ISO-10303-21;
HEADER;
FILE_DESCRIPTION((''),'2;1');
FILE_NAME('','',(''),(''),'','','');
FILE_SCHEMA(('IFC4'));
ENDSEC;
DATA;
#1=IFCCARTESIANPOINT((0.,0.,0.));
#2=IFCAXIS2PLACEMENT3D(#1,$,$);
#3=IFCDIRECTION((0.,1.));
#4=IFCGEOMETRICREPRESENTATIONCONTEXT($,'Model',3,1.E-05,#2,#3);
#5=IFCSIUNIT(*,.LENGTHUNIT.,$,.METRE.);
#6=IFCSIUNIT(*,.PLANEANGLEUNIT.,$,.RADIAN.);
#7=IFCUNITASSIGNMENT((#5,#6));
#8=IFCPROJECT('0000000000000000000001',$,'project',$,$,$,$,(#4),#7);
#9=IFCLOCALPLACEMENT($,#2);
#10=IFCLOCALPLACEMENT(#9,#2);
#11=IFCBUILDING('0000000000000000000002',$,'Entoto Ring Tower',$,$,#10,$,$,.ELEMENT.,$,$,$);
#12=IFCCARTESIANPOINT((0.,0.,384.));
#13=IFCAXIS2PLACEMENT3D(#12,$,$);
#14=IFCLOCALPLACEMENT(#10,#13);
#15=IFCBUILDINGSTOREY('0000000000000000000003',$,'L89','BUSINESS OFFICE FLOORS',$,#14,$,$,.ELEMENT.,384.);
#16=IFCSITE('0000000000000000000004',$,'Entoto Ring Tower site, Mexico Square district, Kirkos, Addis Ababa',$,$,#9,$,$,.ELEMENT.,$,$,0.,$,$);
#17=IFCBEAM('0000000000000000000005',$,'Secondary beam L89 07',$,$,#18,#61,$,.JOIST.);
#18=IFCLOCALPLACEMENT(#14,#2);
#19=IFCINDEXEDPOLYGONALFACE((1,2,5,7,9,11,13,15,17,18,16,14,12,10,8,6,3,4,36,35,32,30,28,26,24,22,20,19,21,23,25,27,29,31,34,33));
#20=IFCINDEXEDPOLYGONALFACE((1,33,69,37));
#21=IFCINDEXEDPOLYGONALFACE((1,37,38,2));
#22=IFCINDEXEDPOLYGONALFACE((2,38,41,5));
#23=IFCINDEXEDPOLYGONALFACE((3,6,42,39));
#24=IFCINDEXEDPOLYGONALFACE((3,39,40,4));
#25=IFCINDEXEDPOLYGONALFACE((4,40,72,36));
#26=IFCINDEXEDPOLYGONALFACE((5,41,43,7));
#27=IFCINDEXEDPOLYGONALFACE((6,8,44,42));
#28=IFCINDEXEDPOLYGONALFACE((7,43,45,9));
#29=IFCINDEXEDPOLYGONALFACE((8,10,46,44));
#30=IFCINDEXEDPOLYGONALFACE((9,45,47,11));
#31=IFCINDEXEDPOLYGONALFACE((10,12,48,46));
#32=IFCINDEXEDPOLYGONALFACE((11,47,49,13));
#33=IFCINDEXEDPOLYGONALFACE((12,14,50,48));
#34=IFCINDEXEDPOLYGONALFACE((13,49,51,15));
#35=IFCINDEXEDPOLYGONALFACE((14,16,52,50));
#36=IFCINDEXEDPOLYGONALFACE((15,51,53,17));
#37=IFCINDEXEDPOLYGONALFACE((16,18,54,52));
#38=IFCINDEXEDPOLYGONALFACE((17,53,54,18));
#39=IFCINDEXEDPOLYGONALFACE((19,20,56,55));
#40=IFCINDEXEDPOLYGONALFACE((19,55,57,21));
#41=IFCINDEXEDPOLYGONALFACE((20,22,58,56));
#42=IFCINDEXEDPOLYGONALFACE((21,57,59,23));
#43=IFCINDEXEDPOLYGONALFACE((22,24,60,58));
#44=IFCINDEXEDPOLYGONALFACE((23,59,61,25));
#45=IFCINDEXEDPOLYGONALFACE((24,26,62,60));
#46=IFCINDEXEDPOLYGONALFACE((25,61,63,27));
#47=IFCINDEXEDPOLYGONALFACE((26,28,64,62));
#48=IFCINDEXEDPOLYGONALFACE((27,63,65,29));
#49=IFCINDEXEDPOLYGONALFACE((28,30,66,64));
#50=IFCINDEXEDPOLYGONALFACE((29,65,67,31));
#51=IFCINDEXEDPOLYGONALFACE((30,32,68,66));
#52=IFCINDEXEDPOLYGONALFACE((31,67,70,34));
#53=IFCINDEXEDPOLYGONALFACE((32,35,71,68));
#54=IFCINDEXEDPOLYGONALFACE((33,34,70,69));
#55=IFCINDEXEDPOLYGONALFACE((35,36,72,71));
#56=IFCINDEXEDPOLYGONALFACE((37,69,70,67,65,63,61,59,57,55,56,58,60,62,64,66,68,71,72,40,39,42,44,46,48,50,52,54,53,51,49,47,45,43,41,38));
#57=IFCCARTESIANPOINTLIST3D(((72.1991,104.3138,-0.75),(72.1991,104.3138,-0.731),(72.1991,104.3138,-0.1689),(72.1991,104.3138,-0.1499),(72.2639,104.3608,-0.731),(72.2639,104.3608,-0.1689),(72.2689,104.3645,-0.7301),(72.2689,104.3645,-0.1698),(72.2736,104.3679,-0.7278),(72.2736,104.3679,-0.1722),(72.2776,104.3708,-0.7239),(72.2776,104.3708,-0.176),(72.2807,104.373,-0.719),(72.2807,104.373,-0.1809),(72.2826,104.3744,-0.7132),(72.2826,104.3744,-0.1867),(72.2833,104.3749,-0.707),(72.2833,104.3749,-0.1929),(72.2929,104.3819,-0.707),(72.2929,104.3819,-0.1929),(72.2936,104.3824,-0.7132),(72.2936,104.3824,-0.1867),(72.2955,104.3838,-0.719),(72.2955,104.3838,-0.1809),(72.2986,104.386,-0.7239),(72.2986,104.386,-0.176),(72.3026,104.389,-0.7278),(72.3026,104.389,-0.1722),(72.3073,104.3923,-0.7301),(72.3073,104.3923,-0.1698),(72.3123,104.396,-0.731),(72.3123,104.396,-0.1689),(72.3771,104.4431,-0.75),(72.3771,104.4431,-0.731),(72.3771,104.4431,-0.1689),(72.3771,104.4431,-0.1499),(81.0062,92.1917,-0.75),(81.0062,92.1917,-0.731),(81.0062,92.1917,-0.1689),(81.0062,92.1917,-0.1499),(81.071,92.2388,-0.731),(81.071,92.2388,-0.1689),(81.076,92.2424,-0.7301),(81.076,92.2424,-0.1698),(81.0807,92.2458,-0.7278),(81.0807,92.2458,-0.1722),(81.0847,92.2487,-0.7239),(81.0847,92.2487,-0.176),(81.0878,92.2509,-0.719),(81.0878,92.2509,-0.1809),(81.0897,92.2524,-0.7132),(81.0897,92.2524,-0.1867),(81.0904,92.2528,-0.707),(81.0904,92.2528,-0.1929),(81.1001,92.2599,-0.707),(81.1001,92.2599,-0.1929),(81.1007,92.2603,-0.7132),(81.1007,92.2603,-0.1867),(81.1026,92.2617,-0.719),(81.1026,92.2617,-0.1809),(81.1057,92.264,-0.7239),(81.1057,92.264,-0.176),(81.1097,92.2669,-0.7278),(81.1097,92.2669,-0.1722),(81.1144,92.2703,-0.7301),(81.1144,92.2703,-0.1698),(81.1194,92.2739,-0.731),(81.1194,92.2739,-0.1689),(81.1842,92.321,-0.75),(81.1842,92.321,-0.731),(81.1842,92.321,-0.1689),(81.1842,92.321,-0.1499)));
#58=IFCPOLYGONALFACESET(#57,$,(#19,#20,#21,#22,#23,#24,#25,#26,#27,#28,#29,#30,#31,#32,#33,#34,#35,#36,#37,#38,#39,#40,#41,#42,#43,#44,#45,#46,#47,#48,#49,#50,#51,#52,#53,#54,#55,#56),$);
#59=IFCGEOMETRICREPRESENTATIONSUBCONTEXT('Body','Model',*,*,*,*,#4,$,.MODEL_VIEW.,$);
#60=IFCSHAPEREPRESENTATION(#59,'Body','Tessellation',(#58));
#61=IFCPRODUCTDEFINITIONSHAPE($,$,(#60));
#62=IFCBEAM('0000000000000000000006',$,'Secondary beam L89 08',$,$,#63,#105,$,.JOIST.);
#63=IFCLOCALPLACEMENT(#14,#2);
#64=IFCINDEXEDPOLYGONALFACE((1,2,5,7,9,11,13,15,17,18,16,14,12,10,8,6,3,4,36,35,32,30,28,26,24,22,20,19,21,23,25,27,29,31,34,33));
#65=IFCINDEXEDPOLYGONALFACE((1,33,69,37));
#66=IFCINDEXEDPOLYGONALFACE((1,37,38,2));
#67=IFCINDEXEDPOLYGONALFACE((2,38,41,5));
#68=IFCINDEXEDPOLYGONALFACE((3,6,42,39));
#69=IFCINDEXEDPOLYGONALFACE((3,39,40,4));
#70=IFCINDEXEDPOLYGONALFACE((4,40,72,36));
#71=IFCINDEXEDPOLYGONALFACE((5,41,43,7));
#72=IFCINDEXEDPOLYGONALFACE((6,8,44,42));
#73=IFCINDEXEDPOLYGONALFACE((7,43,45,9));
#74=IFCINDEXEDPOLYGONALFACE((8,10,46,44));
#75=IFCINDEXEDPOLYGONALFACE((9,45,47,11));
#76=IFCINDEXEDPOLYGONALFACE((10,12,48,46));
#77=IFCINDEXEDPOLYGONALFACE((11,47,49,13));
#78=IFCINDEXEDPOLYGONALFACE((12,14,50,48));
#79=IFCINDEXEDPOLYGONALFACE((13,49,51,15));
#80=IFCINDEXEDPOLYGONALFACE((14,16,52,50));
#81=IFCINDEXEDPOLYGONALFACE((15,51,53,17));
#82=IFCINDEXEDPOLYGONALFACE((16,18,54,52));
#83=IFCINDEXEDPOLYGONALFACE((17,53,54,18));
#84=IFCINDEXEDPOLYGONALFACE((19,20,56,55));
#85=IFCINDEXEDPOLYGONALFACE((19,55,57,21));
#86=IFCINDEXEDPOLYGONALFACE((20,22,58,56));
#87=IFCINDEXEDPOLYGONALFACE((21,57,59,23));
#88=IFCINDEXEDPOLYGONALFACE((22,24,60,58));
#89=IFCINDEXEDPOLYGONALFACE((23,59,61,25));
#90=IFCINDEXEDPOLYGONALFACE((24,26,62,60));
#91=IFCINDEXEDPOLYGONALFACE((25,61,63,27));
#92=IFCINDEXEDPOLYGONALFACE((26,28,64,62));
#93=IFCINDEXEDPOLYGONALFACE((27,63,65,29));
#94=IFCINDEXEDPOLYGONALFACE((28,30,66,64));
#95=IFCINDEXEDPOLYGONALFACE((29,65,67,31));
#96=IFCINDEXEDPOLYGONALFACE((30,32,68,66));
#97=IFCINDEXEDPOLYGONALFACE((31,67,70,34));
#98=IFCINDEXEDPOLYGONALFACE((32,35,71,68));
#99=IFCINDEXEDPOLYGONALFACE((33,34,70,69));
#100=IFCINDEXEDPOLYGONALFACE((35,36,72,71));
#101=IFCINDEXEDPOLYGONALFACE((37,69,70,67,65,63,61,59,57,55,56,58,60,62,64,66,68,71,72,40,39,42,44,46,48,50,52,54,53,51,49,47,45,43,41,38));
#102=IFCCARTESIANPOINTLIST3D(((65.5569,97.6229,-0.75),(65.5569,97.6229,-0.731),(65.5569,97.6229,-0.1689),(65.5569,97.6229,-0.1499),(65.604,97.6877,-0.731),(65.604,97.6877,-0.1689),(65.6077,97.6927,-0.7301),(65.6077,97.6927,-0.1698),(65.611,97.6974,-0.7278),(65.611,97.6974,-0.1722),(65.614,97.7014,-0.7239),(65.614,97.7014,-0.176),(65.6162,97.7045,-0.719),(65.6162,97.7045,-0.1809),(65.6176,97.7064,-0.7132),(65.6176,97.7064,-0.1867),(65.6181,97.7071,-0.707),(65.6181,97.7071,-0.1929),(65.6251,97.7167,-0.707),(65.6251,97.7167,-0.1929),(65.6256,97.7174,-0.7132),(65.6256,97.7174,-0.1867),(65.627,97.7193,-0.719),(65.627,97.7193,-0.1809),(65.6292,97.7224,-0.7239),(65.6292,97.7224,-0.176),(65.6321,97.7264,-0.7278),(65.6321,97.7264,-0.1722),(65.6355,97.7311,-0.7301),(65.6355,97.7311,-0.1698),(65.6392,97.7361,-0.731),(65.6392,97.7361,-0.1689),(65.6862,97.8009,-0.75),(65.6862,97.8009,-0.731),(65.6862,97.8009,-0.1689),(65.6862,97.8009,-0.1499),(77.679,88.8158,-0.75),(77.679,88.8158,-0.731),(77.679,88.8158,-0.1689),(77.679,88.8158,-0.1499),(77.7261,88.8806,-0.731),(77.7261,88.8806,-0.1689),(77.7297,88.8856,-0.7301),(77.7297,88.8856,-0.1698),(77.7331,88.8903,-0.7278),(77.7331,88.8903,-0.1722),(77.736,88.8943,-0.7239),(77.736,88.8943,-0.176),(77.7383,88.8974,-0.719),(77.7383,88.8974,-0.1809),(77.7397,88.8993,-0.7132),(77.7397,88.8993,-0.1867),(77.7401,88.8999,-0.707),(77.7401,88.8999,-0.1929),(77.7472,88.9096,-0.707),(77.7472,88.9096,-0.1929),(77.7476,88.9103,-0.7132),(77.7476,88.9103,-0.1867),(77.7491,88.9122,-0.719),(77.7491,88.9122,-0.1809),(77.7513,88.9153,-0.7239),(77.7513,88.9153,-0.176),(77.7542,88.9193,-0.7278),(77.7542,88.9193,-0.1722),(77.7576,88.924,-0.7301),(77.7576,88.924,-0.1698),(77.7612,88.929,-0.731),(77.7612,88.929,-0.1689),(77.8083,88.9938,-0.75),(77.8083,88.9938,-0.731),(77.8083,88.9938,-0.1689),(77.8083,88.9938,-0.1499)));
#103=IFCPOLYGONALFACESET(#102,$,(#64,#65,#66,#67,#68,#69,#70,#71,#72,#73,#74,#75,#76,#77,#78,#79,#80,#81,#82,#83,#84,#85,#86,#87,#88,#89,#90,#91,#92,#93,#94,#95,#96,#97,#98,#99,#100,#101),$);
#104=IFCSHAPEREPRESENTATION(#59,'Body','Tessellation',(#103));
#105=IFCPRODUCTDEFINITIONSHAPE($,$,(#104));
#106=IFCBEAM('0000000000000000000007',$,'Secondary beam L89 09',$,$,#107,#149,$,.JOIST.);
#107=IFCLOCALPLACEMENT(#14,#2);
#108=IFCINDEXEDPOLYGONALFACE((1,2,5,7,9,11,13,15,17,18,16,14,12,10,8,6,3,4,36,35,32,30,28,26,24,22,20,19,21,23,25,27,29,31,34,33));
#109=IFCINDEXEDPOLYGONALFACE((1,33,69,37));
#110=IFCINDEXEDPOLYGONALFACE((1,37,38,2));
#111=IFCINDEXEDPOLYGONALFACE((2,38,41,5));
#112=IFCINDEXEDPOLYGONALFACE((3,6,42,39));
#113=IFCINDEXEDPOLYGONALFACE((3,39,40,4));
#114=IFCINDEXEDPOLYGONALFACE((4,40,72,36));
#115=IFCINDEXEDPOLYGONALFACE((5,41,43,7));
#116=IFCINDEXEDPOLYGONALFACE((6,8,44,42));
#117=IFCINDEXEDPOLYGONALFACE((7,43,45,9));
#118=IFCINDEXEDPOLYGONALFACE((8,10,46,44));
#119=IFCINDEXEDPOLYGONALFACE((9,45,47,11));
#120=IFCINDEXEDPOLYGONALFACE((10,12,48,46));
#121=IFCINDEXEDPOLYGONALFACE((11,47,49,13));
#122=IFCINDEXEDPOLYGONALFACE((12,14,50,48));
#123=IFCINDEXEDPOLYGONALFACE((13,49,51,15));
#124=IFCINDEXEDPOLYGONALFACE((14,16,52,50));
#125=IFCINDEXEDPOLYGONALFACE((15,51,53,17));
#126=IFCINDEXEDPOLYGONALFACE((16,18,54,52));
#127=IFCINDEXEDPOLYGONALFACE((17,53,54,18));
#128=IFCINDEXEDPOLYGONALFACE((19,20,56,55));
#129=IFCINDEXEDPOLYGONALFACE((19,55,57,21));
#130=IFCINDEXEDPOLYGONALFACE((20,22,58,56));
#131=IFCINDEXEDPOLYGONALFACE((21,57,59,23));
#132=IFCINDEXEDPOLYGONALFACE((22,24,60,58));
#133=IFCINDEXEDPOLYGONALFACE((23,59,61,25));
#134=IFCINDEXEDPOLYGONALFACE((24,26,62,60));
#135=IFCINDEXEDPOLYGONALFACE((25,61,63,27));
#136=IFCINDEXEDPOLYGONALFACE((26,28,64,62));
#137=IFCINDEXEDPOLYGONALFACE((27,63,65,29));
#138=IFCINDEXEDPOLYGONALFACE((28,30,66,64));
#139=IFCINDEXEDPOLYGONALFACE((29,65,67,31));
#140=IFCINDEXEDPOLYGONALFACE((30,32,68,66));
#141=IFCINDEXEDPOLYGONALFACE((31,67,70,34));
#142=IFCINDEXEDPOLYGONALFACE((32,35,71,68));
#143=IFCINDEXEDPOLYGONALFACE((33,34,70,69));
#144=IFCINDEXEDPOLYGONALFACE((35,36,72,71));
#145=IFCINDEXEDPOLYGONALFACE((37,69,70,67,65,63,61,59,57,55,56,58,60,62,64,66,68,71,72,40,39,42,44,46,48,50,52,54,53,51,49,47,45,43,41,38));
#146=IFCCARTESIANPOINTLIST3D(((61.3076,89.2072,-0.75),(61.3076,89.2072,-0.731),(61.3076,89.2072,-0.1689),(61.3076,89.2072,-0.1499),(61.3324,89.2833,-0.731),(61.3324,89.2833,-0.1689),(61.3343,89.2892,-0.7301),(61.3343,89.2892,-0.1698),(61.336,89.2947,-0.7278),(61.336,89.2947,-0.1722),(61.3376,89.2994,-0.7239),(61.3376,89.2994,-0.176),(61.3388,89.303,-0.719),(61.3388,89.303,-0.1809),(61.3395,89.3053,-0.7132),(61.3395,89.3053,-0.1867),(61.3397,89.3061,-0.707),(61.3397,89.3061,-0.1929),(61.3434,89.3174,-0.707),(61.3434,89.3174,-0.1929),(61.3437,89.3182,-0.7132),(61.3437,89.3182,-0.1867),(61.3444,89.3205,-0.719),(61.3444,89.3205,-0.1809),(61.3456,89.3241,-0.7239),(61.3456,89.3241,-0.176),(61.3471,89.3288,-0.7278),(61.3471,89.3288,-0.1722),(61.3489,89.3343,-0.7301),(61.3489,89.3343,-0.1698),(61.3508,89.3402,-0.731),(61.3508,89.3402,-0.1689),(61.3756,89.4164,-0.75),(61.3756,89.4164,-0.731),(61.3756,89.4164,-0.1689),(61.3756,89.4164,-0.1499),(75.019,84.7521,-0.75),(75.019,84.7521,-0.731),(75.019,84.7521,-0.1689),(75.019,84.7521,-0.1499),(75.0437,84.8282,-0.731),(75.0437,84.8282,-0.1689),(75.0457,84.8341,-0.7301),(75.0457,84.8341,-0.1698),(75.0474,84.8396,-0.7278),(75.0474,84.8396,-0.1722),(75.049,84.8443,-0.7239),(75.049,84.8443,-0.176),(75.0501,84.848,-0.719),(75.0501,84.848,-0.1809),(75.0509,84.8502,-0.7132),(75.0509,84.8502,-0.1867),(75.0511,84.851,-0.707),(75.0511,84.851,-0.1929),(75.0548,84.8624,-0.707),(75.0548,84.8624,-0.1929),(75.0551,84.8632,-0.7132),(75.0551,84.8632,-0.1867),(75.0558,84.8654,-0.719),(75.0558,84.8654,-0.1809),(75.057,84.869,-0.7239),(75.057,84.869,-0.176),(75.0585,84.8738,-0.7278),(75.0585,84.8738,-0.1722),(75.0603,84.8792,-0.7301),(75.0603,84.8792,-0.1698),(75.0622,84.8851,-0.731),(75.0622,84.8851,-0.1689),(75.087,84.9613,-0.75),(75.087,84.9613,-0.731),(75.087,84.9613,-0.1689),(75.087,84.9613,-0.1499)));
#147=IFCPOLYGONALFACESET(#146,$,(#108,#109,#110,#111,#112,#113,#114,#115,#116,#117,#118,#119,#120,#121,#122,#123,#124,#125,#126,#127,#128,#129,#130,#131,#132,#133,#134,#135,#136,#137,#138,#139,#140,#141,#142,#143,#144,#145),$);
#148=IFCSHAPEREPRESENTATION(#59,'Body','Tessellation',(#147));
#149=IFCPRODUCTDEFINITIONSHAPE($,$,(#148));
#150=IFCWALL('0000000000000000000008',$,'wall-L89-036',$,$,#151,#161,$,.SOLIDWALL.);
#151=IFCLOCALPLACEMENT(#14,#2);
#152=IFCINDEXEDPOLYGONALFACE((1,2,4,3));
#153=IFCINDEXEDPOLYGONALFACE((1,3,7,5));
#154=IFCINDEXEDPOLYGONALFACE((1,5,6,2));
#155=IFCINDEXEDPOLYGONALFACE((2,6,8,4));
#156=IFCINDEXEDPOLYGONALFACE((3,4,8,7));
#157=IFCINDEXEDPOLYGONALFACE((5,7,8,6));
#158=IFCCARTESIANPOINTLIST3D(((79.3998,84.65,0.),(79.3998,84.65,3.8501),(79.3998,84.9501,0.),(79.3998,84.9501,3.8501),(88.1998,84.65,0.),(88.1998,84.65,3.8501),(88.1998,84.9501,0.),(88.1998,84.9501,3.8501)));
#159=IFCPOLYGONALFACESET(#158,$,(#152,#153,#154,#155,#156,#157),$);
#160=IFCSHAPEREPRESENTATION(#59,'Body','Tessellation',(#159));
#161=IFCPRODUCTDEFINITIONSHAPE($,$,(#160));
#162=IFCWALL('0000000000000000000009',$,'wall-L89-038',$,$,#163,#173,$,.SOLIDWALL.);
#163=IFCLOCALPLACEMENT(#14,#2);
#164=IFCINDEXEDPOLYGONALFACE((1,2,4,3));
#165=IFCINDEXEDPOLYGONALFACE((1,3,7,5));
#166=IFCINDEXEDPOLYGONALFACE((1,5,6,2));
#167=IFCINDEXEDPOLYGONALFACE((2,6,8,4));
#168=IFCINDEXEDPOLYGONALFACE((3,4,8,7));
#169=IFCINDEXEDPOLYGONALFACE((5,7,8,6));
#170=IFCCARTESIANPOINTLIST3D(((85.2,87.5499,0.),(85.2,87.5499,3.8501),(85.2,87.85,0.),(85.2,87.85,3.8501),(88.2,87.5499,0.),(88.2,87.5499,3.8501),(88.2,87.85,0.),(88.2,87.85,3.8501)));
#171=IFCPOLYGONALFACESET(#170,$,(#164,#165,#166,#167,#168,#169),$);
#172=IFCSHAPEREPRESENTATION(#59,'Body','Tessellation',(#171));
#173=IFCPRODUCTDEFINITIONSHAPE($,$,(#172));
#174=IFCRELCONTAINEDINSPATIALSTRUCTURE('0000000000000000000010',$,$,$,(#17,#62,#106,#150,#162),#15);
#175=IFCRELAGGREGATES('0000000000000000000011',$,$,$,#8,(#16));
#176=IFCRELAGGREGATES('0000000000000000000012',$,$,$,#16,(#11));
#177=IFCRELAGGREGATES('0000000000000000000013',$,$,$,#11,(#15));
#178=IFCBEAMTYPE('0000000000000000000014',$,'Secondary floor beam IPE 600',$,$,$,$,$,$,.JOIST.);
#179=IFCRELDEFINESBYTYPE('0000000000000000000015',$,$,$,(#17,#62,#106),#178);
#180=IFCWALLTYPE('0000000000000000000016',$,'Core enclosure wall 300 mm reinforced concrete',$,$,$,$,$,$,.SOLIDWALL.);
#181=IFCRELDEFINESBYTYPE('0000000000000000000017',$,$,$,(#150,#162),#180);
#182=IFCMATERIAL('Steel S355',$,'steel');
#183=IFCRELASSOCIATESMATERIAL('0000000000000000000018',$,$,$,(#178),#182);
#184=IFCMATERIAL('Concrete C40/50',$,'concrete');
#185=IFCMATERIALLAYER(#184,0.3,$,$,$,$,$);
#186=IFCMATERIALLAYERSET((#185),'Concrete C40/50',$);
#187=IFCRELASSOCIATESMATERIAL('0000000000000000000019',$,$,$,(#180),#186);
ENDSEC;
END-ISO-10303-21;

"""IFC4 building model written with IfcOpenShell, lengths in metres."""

from ifc_helpers import new_model, si_unit, direction, frame, frame_2d, origin, origin_2d, place, context, subcontext, project, spatial, rectangle, i_section, extrude, material, layer, layer_set, material_profile, profile_set, type_object, element, save


model = new_model("IFC4")

# Units and contexts
model_context = context("Model", 3, precision=1e-05, world=origin(), true_north=direction((0.0, 1.0)))
body_context = subcontext(model_context, "Body", "Model", "MODEL_VIEW")
ifc_project = project(units=[si_unit("LENGTHUNIT", "METRE"), si_unit("PLANEANGLEUNIT", "RADIAN")], contexts=[model_context])

# Site, building, storey
site_placement = place(None, origin())
site = spatial("IfcSite", under=ifc_project, at=site_placement, Name="Entoto Ring Tower site, Mexico Square district, Kirkos, Addis Ababa", CompositionType="ELEMENT", RefElevation=0.0)
building_placement = place(site_placement, origin())
building = spatial("IfcBuilding", under=site, at=building_placement, Name="Entoto Ring Tower", CompositionType="ELEMENT")
storey_placement = place(building_placement, frame((0.0, 0.0, 384.0)))
storey = spatial("IfcBuildingStorey", under=building, at=storey_placement, Name="L89", Description="BUSINESS OFFICE FLOORS", CompositionType="ELEMENT", Elevation=384.0)

# Beams
ifc_material_1 = material(Name="Steel S355", Category="steel")
ifc_material_profile_1 = material_profile(ifc_material_1, i_section(OverallWidth=0.22, OverallDepth=0.6001, WebThickness=0.012, FlangeThickness=0.019, FilletRadius=0.0239, at=origin_2d()), Name="IPE 600")
ifc_profile_set_1 = profile_set([ifc_material_profile_1], Name="Steel S355")
beam_type_1 = type_object("IfcBeamType", Name="Secondary floor beam IPE 600", PredefinedType="JOIST", material=ifc_profile_set_1)
for number, where, z_axis, x_axis, name in (
    (1, (81.0952, 92.2563, -0.45), (-0.587782, 0.809019, 0.0), (-0.809019, -0.587782, 0.0), "Secondary beam L89 07"),
    (2, (77.7437, 88.9048, -0.45), (-0.809019, 0.587782, 0.0), (-0.587782, -0.809019, 0.0), "Secondary beam L89 08"),
):
    element("IfcBeam", number, at=place(storey_placement, frame(where, z_axis=z_axis, x_axis=x_axis)), inside=storey, type_object=beam_type_1, Name=name, PredefinedType="JOIST", context=body_context, shape_type="SweptSolid", body=[
        extrude(i_section(OverallWidth=0.22, OverallDepth=0.6001, WebThickness=0.012, FlangeThickness=0.019, FilletRadius=0.0239, at=origin_2d()), origin(), (0.0, 0.0, 1.0), 14.9836),
    ])
beam_1_placement = place(storey_placement, frame((75.053, 84.8567, -0.45), z_axis=(-0.951057, 0.309015, 0.0), x_axis=(-0.309015, -0.951057, 0.0)))
element("IfcBeam", 3, at=beam_1_placement, inside=storey, type_object=beam_type_1, Name="Secondary beam L89 09", PredefinedType="JOIST", context=body_context, shape_type="SweptSolid", body=[
    extrude(i_section(OverallWidth=0.22, OverallDepth=0.6001, WebThickness=0.012, FlangeThickness=0.019, FilletRadius=0.0239, at=origin_2d()), origin(), (0.0, 0.0, 1.0), 14.417),
])

# Walls
ifc_material_2 = material(Name="Concrete C40/50", Category="concrete")
ifc_layer_1 = layer(ifc_material_2, 0.3)
ifc_layer_set_1 = layer_set([ifc_layer_1], Name="Concrete C40/50")
wall_type_1 = type_object("IfcWallType", Name="Core enclosure wall 300 mm reinforced concrete", PredefinedType="SOLIDWALL", material=ifc_layer_set_1)
wall_1_placement = place(storey_placement, frame((79.3999, 84.8, 0.0), z_axis=(0.0, 0.0, 1.0), x_axis=(1.0, 0.0, 0.0)))
element("IfcWall", 4, at=wall_1_placement, inside=storey, type_object=wall_type_1, Name="wall-L89-036", PredefinedType="SOLIDWALL", context=body_context, shape_type="SweptSolid", body=[
    extrude(rectangle(XDim=8.8, YDim=0.3, at=frame_2d((4.3999, 0.0))), origin(), (0.0, 0.0, 1.0), 3.8501),
])
wall_2_placement = place(storey_placement, frame((85.2, 87.7, 0.0), z_axis=(0.0, 0.0, 1.0), x_axis=(1.0, 0.0, 0.0)))
element("IfcWall", 5, at=wall_2_placement, inside=storey, type_object=wall_type_1, Name="wall-L89-038", PredefinedType="SOLIDWALL", context=body_context, shape_type="SweptSolid", body=[
    extrude(rectangle(XDim=3.0, YDim=0.3, at=frame_2d((1.5, 0.0))), origin(), (0.0, 0.0, 1.0), 3.8501),
])

save(model, "model.ifc")
